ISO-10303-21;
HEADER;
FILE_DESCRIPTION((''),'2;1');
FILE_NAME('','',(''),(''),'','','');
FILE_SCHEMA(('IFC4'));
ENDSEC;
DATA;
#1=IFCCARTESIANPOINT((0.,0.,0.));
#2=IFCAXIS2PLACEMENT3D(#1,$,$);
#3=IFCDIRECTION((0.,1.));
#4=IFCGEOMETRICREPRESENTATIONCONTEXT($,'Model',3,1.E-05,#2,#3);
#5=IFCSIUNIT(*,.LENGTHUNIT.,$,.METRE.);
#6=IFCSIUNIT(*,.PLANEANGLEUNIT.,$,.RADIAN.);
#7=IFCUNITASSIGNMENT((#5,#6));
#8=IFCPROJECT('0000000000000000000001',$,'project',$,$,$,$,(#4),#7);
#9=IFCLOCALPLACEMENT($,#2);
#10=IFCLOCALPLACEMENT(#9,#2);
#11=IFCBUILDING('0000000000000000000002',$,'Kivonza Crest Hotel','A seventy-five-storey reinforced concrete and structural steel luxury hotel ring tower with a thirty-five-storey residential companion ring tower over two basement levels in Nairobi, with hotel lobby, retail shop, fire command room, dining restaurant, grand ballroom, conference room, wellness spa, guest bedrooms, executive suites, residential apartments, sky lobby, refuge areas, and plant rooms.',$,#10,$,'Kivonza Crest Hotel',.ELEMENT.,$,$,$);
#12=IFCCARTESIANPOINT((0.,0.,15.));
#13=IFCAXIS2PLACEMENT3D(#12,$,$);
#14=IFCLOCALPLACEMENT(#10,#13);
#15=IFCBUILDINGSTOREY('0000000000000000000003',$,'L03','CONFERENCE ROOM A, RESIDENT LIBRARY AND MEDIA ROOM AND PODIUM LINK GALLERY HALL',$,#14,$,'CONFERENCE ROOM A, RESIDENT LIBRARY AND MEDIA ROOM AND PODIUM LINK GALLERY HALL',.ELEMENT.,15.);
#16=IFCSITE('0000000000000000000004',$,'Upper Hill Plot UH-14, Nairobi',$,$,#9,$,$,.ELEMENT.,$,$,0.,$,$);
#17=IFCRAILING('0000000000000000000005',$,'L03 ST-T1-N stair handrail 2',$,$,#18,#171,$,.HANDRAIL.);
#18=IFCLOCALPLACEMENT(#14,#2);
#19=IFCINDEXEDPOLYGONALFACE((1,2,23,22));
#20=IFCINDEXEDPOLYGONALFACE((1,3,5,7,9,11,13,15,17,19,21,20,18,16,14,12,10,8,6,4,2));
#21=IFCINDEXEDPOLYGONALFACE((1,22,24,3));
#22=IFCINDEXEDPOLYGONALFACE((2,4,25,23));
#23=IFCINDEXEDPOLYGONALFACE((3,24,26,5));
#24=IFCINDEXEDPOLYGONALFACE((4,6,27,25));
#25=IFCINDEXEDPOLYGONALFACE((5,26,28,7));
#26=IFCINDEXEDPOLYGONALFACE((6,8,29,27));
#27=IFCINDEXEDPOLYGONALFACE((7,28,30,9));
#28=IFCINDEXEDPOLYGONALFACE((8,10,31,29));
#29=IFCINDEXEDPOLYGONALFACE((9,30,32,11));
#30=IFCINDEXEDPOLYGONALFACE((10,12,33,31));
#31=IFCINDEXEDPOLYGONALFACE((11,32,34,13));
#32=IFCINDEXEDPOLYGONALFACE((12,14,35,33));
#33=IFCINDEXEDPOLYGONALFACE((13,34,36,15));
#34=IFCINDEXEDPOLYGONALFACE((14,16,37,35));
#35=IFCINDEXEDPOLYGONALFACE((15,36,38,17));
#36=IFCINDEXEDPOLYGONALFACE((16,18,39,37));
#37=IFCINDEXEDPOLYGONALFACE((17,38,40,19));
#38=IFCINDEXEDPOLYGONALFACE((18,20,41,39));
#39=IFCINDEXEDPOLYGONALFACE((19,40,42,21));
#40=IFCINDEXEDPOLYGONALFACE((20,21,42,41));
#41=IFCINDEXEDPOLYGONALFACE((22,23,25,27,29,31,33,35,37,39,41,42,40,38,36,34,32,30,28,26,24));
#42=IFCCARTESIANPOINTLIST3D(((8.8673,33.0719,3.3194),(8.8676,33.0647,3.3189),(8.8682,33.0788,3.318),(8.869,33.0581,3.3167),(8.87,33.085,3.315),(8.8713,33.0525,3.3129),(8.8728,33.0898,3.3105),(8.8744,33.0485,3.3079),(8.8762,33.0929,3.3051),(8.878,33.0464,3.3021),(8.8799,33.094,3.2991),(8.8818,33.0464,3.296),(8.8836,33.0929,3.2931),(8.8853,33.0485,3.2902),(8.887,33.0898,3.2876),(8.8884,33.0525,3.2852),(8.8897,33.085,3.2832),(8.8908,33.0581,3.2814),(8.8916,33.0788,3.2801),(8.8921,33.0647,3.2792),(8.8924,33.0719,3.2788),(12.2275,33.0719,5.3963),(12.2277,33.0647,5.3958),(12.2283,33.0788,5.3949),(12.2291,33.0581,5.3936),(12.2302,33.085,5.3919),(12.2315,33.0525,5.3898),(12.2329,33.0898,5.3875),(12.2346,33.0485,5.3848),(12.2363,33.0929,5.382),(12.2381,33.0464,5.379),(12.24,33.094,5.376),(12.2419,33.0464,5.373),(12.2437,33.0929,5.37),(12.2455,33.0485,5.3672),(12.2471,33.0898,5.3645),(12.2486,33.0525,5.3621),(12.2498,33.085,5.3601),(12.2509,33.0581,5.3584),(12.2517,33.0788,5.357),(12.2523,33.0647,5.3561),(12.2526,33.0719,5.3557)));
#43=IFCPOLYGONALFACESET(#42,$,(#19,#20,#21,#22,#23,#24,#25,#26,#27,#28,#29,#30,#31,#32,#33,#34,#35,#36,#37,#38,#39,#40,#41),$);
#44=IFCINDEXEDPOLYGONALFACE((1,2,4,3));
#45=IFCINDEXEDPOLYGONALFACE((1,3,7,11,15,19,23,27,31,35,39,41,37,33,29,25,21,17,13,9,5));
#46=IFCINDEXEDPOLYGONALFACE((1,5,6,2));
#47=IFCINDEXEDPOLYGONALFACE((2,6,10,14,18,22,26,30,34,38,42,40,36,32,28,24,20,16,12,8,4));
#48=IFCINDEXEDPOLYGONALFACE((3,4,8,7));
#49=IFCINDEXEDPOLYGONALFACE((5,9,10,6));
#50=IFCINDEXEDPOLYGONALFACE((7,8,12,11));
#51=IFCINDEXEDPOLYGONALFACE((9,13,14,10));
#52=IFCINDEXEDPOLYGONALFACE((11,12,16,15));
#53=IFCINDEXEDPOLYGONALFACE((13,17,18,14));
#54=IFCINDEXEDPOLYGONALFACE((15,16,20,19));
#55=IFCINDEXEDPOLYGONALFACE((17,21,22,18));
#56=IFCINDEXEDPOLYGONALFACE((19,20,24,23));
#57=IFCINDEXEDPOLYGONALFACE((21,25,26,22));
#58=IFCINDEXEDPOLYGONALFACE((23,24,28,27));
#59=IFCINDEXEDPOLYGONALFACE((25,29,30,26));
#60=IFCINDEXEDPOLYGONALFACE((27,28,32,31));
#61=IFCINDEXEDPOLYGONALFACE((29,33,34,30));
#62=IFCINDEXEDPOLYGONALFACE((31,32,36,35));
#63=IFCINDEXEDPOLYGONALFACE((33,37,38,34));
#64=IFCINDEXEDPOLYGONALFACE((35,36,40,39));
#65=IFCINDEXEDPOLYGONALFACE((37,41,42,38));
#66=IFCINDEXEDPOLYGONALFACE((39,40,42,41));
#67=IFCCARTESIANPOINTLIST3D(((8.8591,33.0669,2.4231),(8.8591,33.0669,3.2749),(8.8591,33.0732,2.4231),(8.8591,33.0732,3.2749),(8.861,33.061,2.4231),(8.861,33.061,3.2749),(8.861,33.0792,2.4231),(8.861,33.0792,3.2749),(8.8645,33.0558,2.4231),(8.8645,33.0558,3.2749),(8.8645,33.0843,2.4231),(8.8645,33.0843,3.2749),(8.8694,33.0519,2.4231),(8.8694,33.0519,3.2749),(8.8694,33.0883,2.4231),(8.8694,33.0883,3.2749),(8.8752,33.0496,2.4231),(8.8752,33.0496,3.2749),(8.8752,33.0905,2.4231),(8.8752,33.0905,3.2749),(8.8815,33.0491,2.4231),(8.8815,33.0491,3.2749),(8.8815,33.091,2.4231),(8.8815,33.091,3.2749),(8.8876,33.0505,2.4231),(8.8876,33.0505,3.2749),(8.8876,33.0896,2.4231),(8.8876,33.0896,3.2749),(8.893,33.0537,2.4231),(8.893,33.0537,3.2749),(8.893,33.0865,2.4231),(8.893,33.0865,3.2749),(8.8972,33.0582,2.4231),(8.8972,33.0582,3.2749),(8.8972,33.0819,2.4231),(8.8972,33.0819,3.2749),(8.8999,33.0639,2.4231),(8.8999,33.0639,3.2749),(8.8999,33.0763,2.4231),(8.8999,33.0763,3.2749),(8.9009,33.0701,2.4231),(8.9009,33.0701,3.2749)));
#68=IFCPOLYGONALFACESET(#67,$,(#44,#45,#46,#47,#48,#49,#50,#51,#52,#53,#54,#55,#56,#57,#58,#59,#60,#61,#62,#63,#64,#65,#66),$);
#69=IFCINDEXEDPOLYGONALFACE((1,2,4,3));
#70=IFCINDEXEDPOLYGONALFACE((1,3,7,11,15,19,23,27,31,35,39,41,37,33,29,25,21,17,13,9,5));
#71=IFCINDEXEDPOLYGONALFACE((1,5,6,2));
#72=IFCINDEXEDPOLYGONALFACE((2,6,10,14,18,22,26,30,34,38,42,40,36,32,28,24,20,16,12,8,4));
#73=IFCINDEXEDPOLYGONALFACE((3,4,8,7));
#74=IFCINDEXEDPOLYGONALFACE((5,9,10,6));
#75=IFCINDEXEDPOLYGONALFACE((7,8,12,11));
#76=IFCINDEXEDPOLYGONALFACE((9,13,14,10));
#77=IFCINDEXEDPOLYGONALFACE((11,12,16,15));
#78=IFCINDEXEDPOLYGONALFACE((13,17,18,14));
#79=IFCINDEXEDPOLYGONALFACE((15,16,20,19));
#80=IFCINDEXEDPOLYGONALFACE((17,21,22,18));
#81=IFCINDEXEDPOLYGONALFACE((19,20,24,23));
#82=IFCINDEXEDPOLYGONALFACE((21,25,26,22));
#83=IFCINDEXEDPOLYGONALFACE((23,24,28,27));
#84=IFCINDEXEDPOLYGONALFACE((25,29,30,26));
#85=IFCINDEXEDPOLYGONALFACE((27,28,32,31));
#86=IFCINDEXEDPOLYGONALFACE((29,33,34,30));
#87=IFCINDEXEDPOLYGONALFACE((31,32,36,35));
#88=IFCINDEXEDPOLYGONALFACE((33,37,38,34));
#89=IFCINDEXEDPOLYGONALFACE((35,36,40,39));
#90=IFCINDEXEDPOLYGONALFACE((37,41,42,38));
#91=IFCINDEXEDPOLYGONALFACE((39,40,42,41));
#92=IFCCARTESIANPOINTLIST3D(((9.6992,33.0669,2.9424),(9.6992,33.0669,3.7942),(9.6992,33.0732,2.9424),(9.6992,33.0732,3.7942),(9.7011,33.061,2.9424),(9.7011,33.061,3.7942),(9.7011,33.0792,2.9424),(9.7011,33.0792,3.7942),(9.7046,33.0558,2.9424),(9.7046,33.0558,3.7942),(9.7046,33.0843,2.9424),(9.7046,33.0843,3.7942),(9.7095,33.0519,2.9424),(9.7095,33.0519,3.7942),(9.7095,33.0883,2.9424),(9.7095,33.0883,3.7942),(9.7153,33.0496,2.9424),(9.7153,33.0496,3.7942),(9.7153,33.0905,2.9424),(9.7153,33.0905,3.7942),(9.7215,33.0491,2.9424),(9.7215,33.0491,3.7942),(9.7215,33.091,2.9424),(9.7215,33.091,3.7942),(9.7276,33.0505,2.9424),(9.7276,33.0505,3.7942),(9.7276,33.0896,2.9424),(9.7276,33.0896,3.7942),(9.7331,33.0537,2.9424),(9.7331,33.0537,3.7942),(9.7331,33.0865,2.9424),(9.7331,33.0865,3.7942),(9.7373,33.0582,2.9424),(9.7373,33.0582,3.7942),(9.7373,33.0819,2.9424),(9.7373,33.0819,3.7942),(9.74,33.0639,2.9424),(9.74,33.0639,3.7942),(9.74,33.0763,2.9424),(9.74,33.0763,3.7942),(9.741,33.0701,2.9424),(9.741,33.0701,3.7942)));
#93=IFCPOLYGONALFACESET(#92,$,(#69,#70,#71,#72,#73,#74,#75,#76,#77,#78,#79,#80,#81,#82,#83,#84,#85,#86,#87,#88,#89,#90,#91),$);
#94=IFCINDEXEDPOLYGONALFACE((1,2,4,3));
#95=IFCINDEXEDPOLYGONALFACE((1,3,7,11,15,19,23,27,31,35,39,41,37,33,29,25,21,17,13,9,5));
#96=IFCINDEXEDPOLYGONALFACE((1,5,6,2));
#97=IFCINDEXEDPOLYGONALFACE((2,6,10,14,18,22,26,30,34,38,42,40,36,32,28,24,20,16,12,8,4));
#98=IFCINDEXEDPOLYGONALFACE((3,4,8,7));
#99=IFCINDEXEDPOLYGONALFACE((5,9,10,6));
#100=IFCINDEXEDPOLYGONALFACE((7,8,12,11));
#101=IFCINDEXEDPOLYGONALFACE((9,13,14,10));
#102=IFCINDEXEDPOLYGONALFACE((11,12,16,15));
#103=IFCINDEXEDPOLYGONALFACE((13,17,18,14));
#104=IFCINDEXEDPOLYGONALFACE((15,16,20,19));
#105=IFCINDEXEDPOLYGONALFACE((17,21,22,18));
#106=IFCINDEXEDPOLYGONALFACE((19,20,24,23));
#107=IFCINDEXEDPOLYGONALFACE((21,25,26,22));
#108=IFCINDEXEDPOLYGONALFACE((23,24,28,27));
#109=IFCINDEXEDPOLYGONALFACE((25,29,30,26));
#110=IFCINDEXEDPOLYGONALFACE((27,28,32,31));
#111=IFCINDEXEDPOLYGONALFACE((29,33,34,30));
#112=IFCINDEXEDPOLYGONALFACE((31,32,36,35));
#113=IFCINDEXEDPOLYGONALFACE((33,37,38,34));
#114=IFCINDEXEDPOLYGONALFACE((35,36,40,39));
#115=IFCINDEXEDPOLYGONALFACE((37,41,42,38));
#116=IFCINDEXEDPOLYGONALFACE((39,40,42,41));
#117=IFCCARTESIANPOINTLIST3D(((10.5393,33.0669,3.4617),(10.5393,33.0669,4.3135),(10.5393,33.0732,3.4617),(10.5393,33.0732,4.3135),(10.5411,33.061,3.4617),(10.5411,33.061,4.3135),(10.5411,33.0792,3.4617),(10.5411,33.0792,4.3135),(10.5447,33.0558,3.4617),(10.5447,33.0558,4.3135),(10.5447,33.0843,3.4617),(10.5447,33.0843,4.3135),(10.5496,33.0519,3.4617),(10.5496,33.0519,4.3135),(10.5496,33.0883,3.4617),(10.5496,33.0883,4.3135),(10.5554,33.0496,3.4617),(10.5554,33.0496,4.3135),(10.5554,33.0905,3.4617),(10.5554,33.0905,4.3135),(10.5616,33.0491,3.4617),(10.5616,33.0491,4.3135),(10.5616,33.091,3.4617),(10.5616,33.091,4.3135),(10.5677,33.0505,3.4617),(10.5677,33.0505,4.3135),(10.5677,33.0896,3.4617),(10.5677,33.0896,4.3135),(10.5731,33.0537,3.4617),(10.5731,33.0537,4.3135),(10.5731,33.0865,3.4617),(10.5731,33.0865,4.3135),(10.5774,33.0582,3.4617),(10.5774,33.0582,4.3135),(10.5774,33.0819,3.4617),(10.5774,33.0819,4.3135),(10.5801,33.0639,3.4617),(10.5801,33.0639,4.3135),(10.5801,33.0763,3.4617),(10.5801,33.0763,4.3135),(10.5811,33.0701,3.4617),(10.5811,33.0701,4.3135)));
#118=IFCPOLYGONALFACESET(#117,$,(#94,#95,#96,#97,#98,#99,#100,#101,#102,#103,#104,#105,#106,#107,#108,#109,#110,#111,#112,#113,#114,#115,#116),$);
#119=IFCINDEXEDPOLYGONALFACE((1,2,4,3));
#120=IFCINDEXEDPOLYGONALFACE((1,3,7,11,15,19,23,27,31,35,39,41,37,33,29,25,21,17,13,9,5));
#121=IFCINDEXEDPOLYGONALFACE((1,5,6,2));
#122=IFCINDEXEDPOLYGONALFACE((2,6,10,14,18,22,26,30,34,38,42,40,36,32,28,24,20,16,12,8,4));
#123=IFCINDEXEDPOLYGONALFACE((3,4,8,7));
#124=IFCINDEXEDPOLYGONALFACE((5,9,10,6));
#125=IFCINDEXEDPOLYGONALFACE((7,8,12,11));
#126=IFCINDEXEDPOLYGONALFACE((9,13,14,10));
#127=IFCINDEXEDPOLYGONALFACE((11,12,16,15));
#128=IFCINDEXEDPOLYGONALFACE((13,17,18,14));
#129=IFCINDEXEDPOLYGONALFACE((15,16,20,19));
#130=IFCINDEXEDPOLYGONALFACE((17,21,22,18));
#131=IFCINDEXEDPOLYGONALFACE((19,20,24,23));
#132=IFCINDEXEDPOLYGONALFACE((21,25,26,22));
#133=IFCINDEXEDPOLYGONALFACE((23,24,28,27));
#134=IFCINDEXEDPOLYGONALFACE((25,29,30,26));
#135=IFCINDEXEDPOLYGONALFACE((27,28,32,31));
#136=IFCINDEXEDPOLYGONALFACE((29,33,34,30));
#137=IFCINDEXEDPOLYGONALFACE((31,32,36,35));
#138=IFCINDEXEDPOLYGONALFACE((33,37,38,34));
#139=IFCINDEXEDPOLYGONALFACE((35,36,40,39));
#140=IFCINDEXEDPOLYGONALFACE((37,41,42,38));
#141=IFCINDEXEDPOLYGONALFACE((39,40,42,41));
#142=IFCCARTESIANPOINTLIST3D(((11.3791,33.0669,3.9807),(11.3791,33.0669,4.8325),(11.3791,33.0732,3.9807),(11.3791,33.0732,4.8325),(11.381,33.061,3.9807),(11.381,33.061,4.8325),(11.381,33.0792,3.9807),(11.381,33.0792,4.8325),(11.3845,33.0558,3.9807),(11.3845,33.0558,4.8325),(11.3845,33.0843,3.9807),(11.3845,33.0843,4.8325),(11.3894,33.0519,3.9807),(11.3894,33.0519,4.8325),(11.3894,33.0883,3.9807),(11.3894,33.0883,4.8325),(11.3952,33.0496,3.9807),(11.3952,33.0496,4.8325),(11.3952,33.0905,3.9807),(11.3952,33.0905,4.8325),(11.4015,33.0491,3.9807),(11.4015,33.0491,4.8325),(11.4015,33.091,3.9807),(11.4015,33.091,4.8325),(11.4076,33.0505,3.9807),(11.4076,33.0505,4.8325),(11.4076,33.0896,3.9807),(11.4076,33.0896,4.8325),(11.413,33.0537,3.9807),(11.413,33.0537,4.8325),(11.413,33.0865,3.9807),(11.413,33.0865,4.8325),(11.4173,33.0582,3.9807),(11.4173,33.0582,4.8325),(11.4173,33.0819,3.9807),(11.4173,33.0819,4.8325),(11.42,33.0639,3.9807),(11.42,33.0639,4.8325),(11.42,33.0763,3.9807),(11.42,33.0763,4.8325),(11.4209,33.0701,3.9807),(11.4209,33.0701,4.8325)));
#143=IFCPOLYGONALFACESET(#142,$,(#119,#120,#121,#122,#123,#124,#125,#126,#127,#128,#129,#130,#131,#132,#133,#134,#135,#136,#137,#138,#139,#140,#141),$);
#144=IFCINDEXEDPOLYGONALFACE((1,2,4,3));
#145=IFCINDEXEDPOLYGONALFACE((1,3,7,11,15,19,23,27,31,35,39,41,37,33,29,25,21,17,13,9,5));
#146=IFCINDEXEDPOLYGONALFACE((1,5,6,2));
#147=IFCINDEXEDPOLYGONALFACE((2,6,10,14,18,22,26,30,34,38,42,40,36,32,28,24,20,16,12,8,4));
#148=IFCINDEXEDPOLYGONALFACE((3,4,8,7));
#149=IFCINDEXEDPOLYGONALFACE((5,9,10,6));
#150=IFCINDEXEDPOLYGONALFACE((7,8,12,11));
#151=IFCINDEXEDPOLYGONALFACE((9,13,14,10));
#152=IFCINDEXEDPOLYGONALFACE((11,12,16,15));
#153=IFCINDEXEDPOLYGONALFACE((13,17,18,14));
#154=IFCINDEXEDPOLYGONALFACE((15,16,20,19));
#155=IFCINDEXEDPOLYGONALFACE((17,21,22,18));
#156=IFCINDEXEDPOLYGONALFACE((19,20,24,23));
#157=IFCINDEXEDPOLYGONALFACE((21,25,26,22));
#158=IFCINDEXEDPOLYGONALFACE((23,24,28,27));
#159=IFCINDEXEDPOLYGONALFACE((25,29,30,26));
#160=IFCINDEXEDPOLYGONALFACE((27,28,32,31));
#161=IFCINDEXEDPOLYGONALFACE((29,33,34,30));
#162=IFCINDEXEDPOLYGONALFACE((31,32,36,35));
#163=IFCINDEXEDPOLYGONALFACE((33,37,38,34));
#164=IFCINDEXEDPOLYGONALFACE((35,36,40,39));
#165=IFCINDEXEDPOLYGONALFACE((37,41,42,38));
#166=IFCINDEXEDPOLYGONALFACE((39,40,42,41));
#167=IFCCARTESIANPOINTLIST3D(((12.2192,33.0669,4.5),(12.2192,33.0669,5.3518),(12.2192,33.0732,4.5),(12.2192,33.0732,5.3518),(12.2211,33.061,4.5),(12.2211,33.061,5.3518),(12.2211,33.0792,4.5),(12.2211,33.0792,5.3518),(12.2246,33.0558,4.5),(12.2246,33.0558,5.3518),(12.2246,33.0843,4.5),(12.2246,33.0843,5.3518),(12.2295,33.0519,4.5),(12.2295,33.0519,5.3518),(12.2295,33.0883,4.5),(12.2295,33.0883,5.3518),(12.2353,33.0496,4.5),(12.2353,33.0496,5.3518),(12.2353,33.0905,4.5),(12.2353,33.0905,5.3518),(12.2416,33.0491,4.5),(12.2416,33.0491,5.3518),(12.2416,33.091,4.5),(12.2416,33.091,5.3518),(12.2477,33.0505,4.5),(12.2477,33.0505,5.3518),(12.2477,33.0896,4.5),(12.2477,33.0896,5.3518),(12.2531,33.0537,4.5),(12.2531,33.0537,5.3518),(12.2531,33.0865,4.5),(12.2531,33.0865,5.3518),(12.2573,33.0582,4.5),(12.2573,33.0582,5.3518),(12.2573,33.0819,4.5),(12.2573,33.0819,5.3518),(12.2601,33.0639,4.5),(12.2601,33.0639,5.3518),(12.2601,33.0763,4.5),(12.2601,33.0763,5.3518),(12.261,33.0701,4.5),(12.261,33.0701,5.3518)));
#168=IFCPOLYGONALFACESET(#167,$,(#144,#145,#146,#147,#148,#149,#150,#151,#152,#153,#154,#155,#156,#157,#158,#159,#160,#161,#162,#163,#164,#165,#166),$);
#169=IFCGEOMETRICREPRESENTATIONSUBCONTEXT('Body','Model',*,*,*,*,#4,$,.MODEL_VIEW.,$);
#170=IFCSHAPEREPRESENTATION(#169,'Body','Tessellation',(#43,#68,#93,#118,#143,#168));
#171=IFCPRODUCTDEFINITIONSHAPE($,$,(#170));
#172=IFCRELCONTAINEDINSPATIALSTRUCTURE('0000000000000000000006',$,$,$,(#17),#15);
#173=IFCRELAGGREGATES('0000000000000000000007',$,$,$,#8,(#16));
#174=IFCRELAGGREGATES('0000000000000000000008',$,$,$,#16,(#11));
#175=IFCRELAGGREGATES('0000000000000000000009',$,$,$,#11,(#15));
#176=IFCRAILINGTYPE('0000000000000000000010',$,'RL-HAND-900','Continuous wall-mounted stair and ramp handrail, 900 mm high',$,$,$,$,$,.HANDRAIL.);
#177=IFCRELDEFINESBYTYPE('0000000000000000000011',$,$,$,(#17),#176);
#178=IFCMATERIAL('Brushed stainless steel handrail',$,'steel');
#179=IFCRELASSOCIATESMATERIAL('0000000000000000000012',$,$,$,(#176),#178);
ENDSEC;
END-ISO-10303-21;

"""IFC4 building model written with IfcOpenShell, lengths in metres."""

from ifc_helpers import new_model, si_unit, direction, frame, origin, origin_2d, place, context, subcontext, project, spatial, circle, extrude, material, type_object, element, save


model = new_model("IFC4")

# Units and contexts
model_context = context("Model", 3, precision=1e-05, world=origin(), true_north=direction((0.0, 1.0)))
body_context = subcontext(model_context, "Body", "Model", "MODEL_VIEW")
ifc_project = project(units=[si_unit("LENGTHUNIT", "METRE"), si_unit("PLANEANGLEUNIT", "RADIAN")], contexts=[model_context])

# Site, building, storey
site_placement = place(None, origin())
site = spatial("IfcSite", under=ifc_project, at=site_placement, Name="Upper Hill Plot UH-14, Nairobi", CompositionType="ELEMENT", RefElevation=0.0)
building_placement = place(site_placement, origin())
building = spatial("IfcBuilding", under=site, at=building_placement, Name="Kivonza Crest Hotel", Description="A seventy-five-storey reinforced concrete and structural steel luxury hotel ring tower with a thirty-five-storey residential companion ring tower over two basement levels in Nairobi, with hotel lobby, retail shop, fire command room, dining restaurant, grand ballroom, conference room, wellness spa, guest bedrooms, executive suites, residential apartments, sky lobby, refuge areas, and plant rooms.", LongName="Kivonza Crest Hotel", CompositionType="ELEMENT")
storey_placement = place(building_placement, frame((0.0, 0.0, 15.0)))
storey = spatial("IfcBuildingStorey", under=building, at=storey_placement, Name="L03", Description="CONFERENCE ROOM A, RESIDENT LIBRARY AND MEDIA ROOM AND PODIUM LINK GALLERY HALL", LongName="CONFERENCE ROOM A, RESIDENT LIBRARY AND MEDIA ROOM AND PODIUM LINK GALLERY HALL", CompositionType="ELEMENT", Elevation=15.0)

# Railing
ifc_material_1 = material(Name="Brushed stainless steel handrail", Category="steel")
railing_type_1 = type_object("IfcRailingType", Name="RL-HAND-900", Description="Continuous wall-mounted stair and ramp handrail, 900 mm high", PredefinedType="HANDRAIL", material=ifc_material_1)
railing_1_placement = place(storey_placement, frame((8.8799, 33.0701, 2.4231)))
element("IfcRailing", 1, at=railing_1_placement, inside=storey, type_object=railing_type_1, Name="L03 ST-T1-N stair handrail 2", PredefinedType="HANDRAIL", context=body_context, shape_type="SweptSolid", body=[
    extrude(circle(Radius=0.0239, at=origin_2d()), frame((0.0, 0.0, 0.876), z_axis=(0.850623, 0.0, 0.525776), x_axis=(0.0, 1.0, 0.0)), (0.0, 0.0, 1.0), 3.9502),
    extrude(circle(Radius=0.021, at=origin_2d()), origin(), (0.0, 0.0, 1.0), 0.8518),
    extrude(circle(Radius=0.021, at=origin_2d()), frame((0.8401, 0.0, 0.5193)), (0.0, 0.0, 1.0), 0.8518),
    extrude(circle(Radius=0.021, at=origin_2d()), frame((1.6802, 0.0, 1.0386)), (0.0, 0.0, 1.0), 0.8518),
    extrude(circle(Radius=0.021, at=origin_2d()), frame((2.52, 0.0, 1.5576)), (0.0, 0.0, 1.0), 0.8518),
    extrude(circle(Radius=0.021, at=origin_2d()), frame((3.3601, 0.0, 2.0769)), (0.0, 0.0, 1.0), 0.8518),
])

save(model, "model.ifc")
